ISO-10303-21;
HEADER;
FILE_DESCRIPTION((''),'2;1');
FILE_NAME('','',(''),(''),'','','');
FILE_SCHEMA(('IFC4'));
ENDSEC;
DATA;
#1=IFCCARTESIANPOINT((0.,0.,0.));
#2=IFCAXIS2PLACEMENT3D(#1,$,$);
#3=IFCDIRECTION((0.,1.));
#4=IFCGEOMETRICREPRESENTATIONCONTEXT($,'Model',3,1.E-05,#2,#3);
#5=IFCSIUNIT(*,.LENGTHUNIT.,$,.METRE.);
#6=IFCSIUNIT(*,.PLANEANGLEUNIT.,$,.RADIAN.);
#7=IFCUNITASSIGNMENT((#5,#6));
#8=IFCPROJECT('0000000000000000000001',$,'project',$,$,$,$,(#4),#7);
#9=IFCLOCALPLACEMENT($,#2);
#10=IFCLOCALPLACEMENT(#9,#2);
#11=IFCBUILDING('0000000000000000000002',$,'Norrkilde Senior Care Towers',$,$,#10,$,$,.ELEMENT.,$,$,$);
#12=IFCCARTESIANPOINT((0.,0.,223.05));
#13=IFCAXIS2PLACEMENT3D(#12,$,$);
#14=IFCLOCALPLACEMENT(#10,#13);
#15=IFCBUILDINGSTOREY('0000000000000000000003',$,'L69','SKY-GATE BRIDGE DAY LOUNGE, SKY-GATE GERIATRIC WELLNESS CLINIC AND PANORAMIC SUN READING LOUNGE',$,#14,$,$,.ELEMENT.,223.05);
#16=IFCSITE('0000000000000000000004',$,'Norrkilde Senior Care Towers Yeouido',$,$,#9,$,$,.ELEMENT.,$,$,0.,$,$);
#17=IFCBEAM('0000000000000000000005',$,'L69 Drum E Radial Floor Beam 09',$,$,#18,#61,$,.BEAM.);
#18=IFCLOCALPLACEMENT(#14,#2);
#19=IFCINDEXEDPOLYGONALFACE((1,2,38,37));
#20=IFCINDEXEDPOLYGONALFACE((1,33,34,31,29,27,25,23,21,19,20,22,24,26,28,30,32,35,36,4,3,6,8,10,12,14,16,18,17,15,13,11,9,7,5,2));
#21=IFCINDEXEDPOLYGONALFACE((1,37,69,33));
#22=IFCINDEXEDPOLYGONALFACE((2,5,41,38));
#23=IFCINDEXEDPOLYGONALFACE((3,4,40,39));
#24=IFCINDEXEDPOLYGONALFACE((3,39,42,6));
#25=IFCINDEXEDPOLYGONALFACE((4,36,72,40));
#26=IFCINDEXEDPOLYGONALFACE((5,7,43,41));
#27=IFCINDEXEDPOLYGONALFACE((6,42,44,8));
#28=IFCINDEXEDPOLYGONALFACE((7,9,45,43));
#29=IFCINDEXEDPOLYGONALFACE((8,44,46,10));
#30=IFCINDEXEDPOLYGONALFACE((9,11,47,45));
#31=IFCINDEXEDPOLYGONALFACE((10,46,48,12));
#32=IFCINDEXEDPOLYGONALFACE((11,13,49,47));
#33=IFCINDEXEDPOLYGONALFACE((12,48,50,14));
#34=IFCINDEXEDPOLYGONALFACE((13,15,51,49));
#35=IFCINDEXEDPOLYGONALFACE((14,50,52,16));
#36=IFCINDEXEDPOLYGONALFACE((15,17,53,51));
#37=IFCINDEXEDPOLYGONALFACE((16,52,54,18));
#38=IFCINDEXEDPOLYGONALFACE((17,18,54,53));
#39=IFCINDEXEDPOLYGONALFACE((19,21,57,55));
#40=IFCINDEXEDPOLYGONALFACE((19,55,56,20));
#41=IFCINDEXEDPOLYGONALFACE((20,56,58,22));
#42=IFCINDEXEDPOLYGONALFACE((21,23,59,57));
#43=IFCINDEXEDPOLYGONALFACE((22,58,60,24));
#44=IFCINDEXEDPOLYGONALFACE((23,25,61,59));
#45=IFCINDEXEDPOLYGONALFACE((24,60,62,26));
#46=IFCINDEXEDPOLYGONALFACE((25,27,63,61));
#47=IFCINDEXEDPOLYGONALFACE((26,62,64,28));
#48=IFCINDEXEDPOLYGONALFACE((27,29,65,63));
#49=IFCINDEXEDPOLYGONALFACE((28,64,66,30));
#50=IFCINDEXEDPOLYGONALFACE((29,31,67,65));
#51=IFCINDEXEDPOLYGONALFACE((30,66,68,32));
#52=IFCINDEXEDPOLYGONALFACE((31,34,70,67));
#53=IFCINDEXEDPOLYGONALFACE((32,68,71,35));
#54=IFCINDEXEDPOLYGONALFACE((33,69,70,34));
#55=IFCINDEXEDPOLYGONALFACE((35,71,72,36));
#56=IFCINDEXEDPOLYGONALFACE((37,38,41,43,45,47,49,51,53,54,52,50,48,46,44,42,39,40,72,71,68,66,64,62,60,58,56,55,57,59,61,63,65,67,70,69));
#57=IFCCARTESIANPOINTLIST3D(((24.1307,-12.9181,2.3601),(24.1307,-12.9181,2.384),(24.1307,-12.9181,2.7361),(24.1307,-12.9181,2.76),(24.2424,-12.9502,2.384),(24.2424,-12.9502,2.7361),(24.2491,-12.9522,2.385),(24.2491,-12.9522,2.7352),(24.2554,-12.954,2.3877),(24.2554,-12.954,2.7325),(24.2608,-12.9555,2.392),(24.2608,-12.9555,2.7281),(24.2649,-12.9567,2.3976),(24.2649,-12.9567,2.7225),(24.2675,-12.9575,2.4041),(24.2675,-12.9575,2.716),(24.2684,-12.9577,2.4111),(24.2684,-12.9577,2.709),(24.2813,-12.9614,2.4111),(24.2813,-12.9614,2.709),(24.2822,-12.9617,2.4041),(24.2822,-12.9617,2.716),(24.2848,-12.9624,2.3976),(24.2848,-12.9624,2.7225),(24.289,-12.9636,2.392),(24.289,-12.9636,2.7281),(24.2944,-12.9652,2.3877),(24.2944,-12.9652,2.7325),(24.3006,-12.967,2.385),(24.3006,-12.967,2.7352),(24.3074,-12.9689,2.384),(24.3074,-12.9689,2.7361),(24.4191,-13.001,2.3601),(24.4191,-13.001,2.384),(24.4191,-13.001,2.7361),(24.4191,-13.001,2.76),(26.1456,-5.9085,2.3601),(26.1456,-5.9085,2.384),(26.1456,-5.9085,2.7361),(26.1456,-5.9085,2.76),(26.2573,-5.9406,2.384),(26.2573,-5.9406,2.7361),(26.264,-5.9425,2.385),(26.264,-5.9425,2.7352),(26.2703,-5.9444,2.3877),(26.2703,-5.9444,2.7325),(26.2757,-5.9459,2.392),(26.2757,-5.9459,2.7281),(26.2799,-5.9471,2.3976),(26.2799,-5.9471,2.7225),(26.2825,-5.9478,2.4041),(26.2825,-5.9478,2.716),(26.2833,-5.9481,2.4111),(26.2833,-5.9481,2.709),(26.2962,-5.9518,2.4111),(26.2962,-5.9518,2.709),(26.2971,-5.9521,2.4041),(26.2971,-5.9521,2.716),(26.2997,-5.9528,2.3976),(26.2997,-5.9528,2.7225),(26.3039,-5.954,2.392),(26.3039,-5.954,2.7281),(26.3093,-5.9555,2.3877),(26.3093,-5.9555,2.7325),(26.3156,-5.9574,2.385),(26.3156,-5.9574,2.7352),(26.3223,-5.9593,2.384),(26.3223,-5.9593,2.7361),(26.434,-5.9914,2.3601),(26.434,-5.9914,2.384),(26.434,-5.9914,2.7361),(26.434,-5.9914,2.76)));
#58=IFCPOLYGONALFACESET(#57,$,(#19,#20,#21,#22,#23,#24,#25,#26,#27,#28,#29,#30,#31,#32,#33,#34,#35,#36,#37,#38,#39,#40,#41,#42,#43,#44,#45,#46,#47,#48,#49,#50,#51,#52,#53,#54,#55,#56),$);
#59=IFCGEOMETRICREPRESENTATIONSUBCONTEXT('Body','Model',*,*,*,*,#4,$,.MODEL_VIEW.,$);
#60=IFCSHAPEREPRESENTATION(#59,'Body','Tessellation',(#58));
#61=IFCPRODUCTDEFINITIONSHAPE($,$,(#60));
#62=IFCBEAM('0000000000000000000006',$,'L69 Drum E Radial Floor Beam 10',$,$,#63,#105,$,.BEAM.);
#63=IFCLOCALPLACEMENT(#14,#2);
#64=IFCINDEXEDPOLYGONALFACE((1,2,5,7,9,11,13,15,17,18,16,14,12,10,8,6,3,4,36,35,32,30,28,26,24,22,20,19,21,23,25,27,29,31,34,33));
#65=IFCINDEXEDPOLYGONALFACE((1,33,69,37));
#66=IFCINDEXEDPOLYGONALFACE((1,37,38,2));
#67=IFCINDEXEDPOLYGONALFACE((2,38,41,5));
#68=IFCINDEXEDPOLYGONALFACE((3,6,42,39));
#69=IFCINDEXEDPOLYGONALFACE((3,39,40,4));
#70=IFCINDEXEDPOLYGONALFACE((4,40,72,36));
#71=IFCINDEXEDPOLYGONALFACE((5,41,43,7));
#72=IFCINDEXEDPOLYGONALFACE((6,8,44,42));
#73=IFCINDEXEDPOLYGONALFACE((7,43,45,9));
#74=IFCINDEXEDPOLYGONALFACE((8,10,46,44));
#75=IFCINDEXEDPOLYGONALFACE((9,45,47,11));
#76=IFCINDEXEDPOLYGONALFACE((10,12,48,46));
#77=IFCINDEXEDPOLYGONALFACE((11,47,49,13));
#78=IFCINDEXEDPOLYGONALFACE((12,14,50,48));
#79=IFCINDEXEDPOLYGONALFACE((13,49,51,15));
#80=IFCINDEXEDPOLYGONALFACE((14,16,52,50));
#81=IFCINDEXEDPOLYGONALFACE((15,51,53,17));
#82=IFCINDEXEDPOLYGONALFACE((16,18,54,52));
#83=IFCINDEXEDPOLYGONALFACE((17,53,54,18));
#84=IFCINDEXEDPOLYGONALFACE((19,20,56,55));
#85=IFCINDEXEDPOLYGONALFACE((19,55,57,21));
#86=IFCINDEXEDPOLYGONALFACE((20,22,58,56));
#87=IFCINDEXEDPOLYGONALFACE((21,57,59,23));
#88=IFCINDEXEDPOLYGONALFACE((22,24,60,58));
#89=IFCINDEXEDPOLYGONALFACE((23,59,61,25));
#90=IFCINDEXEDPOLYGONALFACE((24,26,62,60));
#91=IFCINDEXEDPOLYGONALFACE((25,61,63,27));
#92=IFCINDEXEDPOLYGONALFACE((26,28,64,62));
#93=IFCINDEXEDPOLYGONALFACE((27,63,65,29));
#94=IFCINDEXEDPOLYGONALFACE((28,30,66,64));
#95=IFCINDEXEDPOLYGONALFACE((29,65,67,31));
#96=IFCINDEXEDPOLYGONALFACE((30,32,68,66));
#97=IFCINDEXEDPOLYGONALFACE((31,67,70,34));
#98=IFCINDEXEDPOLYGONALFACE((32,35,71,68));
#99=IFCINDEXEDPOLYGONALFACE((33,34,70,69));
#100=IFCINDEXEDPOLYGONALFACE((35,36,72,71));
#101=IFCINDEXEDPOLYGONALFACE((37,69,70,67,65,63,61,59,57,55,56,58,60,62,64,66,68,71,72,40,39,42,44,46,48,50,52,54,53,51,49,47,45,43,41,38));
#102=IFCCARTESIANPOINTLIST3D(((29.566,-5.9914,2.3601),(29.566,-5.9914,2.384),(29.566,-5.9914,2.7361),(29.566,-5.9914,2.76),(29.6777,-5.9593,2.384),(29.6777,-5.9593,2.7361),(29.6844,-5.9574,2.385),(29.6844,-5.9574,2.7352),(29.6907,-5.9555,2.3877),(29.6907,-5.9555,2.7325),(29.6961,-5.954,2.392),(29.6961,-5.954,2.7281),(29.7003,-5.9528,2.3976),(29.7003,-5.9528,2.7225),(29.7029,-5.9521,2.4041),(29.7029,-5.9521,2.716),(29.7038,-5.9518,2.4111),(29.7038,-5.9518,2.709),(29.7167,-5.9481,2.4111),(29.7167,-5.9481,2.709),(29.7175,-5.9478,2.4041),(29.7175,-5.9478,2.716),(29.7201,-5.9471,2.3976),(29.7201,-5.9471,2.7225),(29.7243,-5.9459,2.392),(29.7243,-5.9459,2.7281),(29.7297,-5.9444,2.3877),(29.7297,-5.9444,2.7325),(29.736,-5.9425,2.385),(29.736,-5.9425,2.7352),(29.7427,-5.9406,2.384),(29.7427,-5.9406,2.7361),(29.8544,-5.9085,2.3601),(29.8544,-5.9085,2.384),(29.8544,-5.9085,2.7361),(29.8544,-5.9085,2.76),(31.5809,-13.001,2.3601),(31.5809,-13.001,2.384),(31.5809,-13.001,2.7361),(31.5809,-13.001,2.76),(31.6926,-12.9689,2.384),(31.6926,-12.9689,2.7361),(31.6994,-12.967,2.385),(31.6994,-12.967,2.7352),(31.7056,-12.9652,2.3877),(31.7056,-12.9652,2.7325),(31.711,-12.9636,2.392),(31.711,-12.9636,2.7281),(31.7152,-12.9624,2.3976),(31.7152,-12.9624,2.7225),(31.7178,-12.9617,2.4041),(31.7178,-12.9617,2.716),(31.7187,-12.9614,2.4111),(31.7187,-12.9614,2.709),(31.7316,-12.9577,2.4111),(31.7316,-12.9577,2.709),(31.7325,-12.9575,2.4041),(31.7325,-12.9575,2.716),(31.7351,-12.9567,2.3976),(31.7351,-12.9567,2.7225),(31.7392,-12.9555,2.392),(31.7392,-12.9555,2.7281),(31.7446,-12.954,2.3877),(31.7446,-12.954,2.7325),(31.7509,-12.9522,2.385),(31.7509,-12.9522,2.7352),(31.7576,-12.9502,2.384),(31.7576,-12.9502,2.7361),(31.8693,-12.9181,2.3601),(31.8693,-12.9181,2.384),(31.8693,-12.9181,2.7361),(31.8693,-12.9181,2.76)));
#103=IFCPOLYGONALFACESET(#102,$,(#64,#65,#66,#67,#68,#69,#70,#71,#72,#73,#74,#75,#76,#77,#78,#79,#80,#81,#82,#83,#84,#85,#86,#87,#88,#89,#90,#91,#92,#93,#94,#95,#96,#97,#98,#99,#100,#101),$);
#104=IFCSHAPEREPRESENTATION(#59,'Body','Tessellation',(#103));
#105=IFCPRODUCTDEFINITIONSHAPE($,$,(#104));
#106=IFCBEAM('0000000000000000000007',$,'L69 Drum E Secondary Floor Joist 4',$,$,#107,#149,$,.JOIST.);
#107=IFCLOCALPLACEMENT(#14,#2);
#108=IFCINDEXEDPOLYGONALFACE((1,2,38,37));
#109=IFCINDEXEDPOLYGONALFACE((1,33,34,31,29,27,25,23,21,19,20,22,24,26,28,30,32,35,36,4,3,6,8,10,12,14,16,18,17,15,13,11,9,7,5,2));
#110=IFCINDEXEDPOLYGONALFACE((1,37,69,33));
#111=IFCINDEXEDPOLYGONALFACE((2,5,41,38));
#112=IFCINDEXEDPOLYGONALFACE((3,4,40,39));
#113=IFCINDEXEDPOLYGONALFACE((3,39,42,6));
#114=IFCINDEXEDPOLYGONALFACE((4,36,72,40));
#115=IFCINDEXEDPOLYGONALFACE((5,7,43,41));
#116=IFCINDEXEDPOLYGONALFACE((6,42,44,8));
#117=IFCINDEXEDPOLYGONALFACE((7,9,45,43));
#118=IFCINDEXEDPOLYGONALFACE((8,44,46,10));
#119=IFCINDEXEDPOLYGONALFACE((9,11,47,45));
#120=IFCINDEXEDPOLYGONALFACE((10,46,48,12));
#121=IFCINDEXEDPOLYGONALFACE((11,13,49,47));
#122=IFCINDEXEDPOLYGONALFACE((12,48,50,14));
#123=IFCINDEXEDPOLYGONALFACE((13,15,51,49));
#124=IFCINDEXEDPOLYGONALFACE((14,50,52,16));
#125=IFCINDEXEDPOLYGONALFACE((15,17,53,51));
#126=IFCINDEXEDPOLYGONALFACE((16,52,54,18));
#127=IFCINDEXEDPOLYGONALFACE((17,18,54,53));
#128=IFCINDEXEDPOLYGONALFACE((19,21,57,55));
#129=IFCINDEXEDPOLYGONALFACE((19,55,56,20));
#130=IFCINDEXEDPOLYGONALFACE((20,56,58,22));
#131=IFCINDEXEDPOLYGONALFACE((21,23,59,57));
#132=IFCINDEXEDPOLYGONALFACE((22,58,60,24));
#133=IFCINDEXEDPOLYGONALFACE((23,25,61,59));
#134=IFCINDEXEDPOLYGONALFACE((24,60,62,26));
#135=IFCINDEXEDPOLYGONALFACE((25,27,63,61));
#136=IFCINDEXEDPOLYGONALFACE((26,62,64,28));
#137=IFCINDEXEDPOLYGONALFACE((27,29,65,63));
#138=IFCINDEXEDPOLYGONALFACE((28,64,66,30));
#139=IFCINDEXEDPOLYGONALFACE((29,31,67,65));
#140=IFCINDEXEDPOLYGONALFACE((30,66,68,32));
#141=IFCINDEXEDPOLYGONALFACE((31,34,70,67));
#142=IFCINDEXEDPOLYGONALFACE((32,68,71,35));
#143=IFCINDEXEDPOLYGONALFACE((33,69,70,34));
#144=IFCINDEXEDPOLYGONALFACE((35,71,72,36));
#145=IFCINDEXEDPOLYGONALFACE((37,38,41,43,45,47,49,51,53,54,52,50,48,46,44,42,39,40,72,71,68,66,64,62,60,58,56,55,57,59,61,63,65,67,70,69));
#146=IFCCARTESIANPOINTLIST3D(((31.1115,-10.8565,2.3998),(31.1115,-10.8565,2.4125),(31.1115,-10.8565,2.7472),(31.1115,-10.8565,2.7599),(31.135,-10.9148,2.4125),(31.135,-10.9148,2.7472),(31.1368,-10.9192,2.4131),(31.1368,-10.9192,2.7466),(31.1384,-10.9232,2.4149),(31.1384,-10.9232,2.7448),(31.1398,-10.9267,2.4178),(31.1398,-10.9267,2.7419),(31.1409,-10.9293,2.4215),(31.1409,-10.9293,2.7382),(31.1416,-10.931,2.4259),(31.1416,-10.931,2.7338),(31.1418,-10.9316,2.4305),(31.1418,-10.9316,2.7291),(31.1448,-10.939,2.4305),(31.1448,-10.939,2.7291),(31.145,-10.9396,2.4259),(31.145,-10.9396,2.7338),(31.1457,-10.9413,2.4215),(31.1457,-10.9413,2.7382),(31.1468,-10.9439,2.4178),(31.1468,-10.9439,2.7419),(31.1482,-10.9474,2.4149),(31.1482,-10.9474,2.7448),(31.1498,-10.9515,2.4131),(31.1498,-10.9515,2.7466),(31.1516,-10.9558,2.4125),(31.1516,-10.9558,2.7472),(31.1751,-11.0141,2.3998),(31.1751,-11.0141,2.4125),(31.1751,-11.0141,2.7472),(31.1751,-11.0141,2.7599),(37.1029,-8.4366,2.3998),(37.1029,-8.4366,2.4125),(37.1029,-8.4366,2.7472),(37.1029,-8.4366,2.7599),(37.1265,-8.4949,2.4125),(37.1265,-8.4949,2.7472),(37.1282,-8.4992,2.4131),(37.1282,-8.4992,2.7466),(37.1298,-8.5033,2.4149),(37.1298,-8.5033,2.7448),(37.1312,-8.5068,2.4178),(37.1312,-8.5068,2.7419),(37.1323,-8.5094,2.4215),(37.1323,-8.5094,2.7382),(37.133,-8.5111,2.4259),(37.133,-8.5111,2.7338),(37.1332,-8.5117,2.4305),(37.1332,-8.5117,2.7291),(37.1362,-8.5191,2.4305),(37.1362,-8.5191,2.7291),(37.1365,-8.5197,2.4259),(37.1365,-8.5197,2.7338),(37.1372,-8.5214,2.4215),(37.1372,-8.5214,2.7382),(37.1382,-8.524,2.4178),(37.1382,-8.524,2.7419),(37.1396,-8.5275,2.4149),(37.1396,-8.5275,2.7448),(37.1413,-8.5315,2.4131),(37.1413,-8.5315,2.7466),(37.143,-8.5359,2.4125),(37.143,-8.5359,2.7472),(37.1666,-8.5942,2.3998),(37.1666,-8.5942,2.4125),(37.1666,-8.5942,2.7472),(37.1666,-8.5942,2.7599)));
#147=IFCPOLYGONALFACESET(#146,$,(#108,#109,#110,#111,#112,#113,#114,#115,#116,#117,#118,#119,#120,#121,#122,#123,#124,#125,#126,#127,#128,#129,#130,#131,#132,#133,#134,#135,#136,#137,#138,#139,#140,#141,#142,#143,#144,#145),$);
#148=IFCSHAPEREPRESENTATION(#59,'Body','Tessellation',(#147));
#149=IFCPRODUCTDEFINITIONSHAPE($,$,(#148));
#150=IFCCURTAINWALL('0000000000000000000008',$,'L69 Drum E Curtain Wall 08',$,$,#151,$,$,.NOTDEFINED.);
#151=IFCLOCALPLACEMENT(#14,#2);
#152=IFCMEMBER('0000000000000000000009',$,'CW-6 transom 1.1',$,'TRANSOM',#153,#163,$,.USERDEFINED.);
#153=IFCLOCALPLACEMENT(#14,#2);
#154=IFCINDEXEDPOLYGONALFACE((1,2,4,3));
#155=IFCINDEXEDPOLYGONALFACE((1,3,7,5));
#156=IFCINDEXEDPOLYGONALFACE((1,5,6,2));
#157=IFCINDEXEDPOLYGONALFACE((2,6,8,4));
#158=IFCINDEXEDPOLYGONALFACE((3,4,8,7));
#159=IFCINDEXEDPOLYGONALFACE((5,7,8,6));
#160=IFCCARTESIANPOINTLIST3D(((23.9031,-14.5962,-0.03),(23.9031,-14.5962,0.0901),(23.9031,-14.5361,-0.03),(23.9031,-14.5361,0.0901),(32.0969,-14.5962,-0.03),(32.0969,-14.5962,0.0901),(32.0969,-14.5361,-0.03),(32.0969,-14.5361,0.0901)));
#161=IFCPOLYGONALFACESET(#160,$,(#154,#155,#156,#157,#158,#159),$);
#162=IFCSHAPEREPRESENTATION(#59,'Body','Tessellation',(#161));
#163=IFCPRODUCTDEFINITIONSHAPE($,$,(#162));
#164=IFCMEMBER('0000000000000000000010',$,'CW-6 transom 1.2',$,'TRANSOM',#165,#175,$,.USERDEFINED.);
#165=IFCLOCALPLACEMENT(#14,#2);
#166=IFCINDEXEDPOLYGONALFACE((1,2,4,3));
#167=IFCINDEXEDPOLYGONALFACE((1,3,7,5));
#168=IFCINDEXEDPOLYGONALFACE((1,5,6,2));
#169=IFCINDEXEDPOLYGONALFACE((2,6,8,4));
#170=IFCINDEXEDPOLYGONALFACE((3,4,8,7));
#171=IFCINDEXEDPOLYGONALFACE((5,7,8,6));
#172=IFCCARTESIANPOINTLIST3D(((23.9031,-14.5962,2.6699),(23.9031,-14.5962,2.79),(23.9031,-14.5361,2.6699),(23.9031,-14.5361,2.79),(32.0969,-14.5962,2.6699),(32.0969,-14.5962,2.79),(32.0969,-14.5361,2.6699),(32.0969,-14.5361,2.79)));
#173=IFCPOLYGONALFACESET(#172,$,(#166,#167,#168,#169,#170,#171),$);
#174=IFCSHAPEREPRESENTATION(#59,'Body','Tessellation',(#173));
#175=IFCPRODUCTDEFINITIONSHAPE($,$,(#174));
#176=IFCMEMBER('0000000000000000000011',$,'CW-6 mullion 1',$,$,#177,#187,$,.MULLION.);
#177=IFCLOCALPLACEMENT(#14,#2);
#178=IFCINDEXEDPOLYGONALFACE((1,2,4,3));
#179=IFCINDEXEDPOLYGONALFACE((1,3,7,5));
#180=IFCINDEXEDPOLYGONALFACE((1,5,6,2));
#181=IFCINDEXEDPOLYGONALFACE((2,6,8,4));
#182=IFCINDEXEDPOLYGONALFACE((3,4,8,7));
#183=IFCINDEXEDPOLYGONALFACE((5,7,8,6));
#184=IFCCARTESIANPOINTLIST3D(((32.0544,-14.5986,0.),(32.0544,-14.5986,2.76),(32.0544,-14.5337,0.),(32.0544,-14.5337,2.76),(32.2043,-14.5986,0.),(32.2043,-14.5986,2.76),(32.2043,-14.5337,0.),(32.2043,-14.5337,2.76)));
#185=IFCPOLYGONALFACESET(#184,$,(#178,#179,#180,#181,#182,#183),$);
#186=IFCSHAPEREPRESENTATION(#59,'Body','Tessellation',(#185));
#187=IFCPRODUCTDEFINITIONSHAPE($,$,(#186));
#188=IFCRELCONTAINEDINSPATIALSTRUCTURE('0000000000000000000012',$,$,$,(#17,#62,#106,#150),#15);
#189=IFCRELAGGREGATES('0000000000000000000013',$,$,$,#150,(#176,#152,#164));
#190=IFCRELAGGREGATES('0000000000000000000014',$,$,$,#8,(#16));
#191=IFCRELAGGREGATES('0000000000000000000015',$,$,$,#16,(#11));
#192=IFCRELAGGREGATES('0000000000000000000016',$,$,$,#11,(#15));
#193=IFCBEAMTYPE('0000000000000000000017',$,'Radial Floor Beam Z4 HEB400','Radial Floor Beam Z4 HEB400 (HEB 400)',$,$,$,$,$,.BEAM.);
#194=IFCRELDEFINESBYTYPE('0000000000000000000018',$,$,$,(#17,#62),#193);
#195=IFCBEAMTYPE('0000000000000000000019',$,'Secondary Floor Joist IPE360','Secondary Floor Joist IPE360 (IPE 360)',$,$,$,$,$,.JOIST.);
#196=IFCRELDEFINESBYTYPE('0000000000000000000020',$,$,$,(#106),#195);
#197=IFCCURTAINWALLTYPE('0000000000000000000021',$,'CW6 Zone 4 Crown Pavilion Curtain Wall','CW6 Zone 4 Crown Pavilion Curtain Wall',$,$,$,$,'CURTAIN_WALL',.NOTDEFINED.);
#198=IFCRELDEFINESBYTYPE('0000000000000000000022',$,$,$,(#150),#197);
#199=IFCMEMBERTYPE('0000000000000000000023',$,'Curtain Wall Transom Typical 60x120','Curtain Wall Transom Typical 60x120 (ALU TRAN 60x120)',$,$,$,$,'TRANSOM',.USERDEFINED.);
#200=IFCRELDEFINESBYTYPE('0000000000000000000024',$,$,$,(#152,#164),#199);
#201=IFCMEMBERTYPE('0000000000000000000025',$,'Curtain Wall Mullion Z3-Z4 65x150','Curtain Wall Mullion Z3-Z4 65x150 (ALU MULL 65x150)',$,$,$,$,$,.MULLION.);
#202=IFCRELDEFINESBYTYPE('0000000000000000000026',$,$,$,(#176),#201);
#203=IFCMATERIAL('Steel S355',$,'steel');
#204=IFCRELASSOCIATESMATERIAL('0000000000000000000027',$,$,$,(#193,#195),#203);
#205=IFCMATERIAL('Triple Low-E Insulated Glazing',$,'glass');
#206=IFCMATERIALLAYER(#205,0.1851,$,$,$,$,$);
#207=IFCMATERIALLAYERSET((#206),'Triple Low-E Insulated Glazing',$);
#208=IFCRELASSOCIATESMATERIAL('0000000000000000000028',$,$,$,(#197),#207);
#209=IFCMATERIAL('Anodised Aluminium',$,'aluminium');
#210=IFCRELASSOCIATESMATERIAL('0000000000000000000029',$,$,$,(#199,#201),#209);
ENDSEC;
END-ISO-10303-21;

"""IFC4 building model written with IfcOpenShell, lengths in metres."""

from ifc_helpers import new_model, si_unit, direction, frame, origin, origin_2d, place, context, subcontext, project, spatial, rectangle, i_section, extrude, source, transform, mapped, material, layer, layer_set, material_profile, profile_set, type_object, type_shapes, element, aggregate, save


model = new_model("IFC4")

# Units and contexts
model_context = context("Model", 3, precision=1e-05, world=origin(), true_north=direction((0.0, 1.0)))
body_context = subcontext(model_context, "Body", "Model", "MODEL_VIEW")
ifc_project = project(units=[si_unit("LENGTHUNIT", "METRE"), si_unit("PLANEANGLEUNIT", "RADIAN")], contexts=[model_context])

# Site, building, storey
site_placement = place(None, origin())
site = spatial("IfcSite", under=ifc_project, at=site_placement, Name="Norrkilde Senior Care Towers Yeouido", CompositionType="ELEMENT", RefElevation=0.0)
building_placement = place(site_placement, origin())
building = spatial("IfcBuilding", under=site, at=building_placement, Name="Norrkilde Senior Care Towers", CompositionType="ELEMENT")
storey_placement = place(building_placement, frame((0.0, 0.0, 223.05)))
storey = spatial("IfcBuildingStorey", under=building, at=storey_placement, Name="L69", Description="SKY-GATE BRIDGE DAY LOUNGE, SKY-GATE GERIATRIC WELLNESS CLINIC AND PANORAMIC SUN READING LOUNGE", CompositionType="ELEMENT", Elevation=223.05)

# Beams
ifc_material_1 = material(Name="Steel S355", Category="steel")
ifc_material_profile_1 = material_profile(ifc_material_1, i_section(OverallWidth=0.3, OverallDepth=0.3999, WebThickness=0.0134, FlangeThickness=0.0239, FilletRadius=0.0271, at=origin_2d()), Name="HEB 400")
ifc_profile_set_1 = profile_set([ifc_material_profile_1], Name="Steel S355")
beam_type_1 = type_object("IfcBeamType", Name="Radial Floor Beam Z4 HEB400", Description="Radial Floor Beam Z4 HEB400 (HEB 400)", PredefinedType="BEAM", material=ifc_profile_set_1)
shared_shape_1 = source(origin(), body_context, "Body", "SweptSolid", [
    extrude(i_section(OverallWidth=0.3, OverallDepth=0.3999, WebThickness=0.0134, FlangeThickness=0.0239, FilletRadius=0.0271, at=origin_2d()), origin(), (0.0, 0.0, 1.0), 7.2935),
])
type_shapes(beam_type_1, [shared_shape_1])
for number, where, z_axis, x_axis, name in (
    (1, (26.2898, -5.95, 2.5601), (-0.276264, -0.961082, 0.0), (0.961082, -0.276264, 0.0), "L69 Drum E Radial Floor Beam 09"),
    (2, (29.7102, -5.95, 2.5601), (0.276264, -0.961082, 0.0), (0.961082, 0.276264, 0.0), "L69 Drum E Radial Floor Beam 10"),
):
    element("IfcBeam", number, at=place(storey_placement, frame(where, z_axis=z_axis, x_axis=x_axis)), inside=storey, type_object=beam_type_1, Name=name, PredefinedType="BEAM", context=body_context, shape_type="MappedRepresentation", body=[
        mapped(shared_shape_1, transform((0.0, 0.0, 0.0), x_axis=(1.0, 0.0, 0.0), y_axis=(0.0, 1.0, 0.0), z_axis=(0.0, 0.0, 1.0), scale=1.0)),
    ])
ifc_material_profile_2 = material_profile(ifc_material_1, i_section(OverallWidth=0.1699, OverallDepth=0.3601, WebThickness=0.0081, FlangeThickness=0.0127, FilletRadius=0.0181, at=origin_2d()), Name="IPE 360")
ifc_profile_set_2 = profile_set([ifc_material_profile_2], Name="Steel S355")
beam_type_2 = type_object("IfcBeamType", Name="Secondary Floor Joist IPE360", Description="Secondary Floor Joist IPE360 (IPE 360)", PredefinedType="JOIST", material=ifc_profile_set_2)
shared_shape_2 = source(origin(), body_context, "Body", "SweptSolid", [
    extrude(i_section(OverallWidth=0.1699, OverallDepth=0.3601, WebThickness=0.0081, FlangeThickness=0.0127, FilletRadius=0.0181, at=origin_2d()), origin(), (0.0, 0.0, 1.0), 6.4617),
])
type_shapes(beam_type_2, [shared_shape_2])
beam_1_placement = place(storey_placement, frame((31.1433, -10.9353, 2.5798), z_axis=(0.927226, 0.374502, 0.0), x_axis=(-0.374502, 0.927226, 0.0)))
element("IfcBeam", 3, at=beam_1_placement, inside=storey, type_object=beam_type_2, Name="L69 Drum E Secondary Floor Joist 4", PredefinedType="JOIST", context=body_context, shape_type="MappedRepresentation", body=[
    mapped(shared_shape_2, transform((0.0, 0.0, 0.0), x_axis=(1.0, 0.0, 0.0), y_axis=(0.0, 1.0, 0.0), z_axis=(0.0, 0.0, 1.0), scale=1.0)),
])

# Curtain wall, members
ifc_material_2 = material(Name="Triple Low-E Insulated Glazing", Category="glass")
ifc_layer_1 = layer(ifc_material_2, 0.1851)
ifc_layer_set_1 = layer_set([ifc_layer_1], Name="Triple Low-E Insulated Glazing")
curtain_wall_type = type_object("IfcCurtainWallType", Name="CW6 Zone 4 Crown Pavilion Curtain Wall", Description="CW6 Zone 4 Crown Pavilion Curtain Wall", ElementType="CURTAIN_WALL", PredefinedType="NOTDEFINED", material=ifc_layer_set_1)
curtain_wall_1_placement = place(storey_placement, origin())
curtain_wall_1 = element("IfcCurtainWall", 4, at=curtain_wall_1_placement, inside=storey, type_object=curtain_wall_type, Name="L69 Drum E Curtain Wall 08", PredefinedType="NOTDEFINED")
ifc_material_3 = material(Name="Anodised Aluminium", Category="aluminium")
ifc_material_profile_3 = material_profile(ifc_material_3, rectangle(XDim=0.0601, YDim=0.1201, at=origin_2d()), Name="ALU TRAN 60x120")
ifc_profile_set_3 = profile_set([ifc_material_profile_3], Name="Anodised Aluminium")
member_type_1 = type_object("IfcMemberType", Name="Curtain Wall Transom Typical 60x120", Description="Curtain Wall Transom Typical 60x120 (ALU TRAN 60x120)", ElementType="TRANSOM", PredefinedType="USERDEFINED", material=ifc_profile_set_3)
shared_shape_3 = source(origin(), body_context, "Body", "SweptSolid", [
    extrude(rectangle(XDim=0.0601, YDim=0.1201, at=origin_2d()), origin(), (0.0, 0.0, 1.0), 8.1938),
])
type_shapes(member_type_1, [shared_shape_3])
member_1_placement = place(storey_placement, frame((32.0969, -14.5662, 0.03), z_axis=(-1.0, 0.0, 0.0), x_axis=(0.0, -1.0, 0.0)))
member_1 = element("IfcMember", 5, at=member_1_placement, type_object=member_type_1, Name="CW-6 transom 1.1", ObjectType="TRANSOM", PredefinedType="USERDEFINED", context=body_context, shape_type="MappedRepresentation", body=[
    mapped(shared_shape_3, transform((0.0, 0.0, 0.0), x_axis=(1.0, 0.0, 0.0), y_axis=(0.0, 1.0, 0.0), z_axis=(0.0, 0.0, 1.0), scale=1.0)),
])
member_2_placement = place(storey_placement, frame((32.0969, -14.5662, 2.73), z_axis=(-1.0, 0.0, 0.0), x_axis=(0.0, -1.0, 0.0)))
member_2 = element("IfcMember", 6, at=member_2_placement, type_object=member_type_1, Name="CW-6 transom 1.2", ObjectType="TRANSOM", PredefinedType="USERDEFINED", context=body_context, shape_type="MappedRepresentation", body=[
    mapped(shared_shape_3, transform((0.0, 0.0, 0.0), x_axis=(1.0, 0.0, 0.0), y_axis=(0.0, 1.0, 0.0), z_axis=(0.0, 0.0, 1.0), scale=1.0)),
])
ifc_material_profile_4 = material_profile(ifc_material_3, rectangle(XDim=0.0649, YDim=0.1499, at=origin_2d()), Name="ALU MULL 65x150")
ifc_profile_set_4 = profile_set([ifc_material_profile_4], Name="Anodised Aluminium")
member_type_2 = type_object("IfcMemberType", Name="Curtain Wall Mullion Z3-Z4 65x150", Description="Curtain Wall Mullion Z3-Z4 65x150 (ALU MULL 65x150)", PredefinedType="MULLION", material=ifc_profile_set_4)
shared_shape_4 = source(origin(), body_context, "Body", "SweptSolid", [
    extrude(rectangle(XDim=0.0649, YDim=0.1499, at=origin_2d()), origin(), (0.0, 0.0, 1.0), 2.76),
])
type_shapes(member_type_2, [shared_shape_4])
member_3_placement = place(storey_placement, frame((32.1294, -14.5662, 0.0), z_axis=(0.0, 0.0, 1.0), x_axis=(0.0, -1.0, 0.0)))
member_3 = element("IfcMember", 7, at=member_3_placement, type_object=member_type_2, Name="CW-6 mullion 1", PredefinedType="MULLION", context=body_context, shape_type="MappedRepresentation", body=[
    mapped(shared_shape_4, transform((0.0, 0.0, 0.0), x_axis=(1.0, 0.0, 0.0), y_axis=(0.0, 1.0, 0.0), z_axis=(0.0, 0.0, 1.0), scale=1.0)),
])

aggregate(curtain_wall_1, [member_3, member_1, member_2])

save(model, "model.ifc")
